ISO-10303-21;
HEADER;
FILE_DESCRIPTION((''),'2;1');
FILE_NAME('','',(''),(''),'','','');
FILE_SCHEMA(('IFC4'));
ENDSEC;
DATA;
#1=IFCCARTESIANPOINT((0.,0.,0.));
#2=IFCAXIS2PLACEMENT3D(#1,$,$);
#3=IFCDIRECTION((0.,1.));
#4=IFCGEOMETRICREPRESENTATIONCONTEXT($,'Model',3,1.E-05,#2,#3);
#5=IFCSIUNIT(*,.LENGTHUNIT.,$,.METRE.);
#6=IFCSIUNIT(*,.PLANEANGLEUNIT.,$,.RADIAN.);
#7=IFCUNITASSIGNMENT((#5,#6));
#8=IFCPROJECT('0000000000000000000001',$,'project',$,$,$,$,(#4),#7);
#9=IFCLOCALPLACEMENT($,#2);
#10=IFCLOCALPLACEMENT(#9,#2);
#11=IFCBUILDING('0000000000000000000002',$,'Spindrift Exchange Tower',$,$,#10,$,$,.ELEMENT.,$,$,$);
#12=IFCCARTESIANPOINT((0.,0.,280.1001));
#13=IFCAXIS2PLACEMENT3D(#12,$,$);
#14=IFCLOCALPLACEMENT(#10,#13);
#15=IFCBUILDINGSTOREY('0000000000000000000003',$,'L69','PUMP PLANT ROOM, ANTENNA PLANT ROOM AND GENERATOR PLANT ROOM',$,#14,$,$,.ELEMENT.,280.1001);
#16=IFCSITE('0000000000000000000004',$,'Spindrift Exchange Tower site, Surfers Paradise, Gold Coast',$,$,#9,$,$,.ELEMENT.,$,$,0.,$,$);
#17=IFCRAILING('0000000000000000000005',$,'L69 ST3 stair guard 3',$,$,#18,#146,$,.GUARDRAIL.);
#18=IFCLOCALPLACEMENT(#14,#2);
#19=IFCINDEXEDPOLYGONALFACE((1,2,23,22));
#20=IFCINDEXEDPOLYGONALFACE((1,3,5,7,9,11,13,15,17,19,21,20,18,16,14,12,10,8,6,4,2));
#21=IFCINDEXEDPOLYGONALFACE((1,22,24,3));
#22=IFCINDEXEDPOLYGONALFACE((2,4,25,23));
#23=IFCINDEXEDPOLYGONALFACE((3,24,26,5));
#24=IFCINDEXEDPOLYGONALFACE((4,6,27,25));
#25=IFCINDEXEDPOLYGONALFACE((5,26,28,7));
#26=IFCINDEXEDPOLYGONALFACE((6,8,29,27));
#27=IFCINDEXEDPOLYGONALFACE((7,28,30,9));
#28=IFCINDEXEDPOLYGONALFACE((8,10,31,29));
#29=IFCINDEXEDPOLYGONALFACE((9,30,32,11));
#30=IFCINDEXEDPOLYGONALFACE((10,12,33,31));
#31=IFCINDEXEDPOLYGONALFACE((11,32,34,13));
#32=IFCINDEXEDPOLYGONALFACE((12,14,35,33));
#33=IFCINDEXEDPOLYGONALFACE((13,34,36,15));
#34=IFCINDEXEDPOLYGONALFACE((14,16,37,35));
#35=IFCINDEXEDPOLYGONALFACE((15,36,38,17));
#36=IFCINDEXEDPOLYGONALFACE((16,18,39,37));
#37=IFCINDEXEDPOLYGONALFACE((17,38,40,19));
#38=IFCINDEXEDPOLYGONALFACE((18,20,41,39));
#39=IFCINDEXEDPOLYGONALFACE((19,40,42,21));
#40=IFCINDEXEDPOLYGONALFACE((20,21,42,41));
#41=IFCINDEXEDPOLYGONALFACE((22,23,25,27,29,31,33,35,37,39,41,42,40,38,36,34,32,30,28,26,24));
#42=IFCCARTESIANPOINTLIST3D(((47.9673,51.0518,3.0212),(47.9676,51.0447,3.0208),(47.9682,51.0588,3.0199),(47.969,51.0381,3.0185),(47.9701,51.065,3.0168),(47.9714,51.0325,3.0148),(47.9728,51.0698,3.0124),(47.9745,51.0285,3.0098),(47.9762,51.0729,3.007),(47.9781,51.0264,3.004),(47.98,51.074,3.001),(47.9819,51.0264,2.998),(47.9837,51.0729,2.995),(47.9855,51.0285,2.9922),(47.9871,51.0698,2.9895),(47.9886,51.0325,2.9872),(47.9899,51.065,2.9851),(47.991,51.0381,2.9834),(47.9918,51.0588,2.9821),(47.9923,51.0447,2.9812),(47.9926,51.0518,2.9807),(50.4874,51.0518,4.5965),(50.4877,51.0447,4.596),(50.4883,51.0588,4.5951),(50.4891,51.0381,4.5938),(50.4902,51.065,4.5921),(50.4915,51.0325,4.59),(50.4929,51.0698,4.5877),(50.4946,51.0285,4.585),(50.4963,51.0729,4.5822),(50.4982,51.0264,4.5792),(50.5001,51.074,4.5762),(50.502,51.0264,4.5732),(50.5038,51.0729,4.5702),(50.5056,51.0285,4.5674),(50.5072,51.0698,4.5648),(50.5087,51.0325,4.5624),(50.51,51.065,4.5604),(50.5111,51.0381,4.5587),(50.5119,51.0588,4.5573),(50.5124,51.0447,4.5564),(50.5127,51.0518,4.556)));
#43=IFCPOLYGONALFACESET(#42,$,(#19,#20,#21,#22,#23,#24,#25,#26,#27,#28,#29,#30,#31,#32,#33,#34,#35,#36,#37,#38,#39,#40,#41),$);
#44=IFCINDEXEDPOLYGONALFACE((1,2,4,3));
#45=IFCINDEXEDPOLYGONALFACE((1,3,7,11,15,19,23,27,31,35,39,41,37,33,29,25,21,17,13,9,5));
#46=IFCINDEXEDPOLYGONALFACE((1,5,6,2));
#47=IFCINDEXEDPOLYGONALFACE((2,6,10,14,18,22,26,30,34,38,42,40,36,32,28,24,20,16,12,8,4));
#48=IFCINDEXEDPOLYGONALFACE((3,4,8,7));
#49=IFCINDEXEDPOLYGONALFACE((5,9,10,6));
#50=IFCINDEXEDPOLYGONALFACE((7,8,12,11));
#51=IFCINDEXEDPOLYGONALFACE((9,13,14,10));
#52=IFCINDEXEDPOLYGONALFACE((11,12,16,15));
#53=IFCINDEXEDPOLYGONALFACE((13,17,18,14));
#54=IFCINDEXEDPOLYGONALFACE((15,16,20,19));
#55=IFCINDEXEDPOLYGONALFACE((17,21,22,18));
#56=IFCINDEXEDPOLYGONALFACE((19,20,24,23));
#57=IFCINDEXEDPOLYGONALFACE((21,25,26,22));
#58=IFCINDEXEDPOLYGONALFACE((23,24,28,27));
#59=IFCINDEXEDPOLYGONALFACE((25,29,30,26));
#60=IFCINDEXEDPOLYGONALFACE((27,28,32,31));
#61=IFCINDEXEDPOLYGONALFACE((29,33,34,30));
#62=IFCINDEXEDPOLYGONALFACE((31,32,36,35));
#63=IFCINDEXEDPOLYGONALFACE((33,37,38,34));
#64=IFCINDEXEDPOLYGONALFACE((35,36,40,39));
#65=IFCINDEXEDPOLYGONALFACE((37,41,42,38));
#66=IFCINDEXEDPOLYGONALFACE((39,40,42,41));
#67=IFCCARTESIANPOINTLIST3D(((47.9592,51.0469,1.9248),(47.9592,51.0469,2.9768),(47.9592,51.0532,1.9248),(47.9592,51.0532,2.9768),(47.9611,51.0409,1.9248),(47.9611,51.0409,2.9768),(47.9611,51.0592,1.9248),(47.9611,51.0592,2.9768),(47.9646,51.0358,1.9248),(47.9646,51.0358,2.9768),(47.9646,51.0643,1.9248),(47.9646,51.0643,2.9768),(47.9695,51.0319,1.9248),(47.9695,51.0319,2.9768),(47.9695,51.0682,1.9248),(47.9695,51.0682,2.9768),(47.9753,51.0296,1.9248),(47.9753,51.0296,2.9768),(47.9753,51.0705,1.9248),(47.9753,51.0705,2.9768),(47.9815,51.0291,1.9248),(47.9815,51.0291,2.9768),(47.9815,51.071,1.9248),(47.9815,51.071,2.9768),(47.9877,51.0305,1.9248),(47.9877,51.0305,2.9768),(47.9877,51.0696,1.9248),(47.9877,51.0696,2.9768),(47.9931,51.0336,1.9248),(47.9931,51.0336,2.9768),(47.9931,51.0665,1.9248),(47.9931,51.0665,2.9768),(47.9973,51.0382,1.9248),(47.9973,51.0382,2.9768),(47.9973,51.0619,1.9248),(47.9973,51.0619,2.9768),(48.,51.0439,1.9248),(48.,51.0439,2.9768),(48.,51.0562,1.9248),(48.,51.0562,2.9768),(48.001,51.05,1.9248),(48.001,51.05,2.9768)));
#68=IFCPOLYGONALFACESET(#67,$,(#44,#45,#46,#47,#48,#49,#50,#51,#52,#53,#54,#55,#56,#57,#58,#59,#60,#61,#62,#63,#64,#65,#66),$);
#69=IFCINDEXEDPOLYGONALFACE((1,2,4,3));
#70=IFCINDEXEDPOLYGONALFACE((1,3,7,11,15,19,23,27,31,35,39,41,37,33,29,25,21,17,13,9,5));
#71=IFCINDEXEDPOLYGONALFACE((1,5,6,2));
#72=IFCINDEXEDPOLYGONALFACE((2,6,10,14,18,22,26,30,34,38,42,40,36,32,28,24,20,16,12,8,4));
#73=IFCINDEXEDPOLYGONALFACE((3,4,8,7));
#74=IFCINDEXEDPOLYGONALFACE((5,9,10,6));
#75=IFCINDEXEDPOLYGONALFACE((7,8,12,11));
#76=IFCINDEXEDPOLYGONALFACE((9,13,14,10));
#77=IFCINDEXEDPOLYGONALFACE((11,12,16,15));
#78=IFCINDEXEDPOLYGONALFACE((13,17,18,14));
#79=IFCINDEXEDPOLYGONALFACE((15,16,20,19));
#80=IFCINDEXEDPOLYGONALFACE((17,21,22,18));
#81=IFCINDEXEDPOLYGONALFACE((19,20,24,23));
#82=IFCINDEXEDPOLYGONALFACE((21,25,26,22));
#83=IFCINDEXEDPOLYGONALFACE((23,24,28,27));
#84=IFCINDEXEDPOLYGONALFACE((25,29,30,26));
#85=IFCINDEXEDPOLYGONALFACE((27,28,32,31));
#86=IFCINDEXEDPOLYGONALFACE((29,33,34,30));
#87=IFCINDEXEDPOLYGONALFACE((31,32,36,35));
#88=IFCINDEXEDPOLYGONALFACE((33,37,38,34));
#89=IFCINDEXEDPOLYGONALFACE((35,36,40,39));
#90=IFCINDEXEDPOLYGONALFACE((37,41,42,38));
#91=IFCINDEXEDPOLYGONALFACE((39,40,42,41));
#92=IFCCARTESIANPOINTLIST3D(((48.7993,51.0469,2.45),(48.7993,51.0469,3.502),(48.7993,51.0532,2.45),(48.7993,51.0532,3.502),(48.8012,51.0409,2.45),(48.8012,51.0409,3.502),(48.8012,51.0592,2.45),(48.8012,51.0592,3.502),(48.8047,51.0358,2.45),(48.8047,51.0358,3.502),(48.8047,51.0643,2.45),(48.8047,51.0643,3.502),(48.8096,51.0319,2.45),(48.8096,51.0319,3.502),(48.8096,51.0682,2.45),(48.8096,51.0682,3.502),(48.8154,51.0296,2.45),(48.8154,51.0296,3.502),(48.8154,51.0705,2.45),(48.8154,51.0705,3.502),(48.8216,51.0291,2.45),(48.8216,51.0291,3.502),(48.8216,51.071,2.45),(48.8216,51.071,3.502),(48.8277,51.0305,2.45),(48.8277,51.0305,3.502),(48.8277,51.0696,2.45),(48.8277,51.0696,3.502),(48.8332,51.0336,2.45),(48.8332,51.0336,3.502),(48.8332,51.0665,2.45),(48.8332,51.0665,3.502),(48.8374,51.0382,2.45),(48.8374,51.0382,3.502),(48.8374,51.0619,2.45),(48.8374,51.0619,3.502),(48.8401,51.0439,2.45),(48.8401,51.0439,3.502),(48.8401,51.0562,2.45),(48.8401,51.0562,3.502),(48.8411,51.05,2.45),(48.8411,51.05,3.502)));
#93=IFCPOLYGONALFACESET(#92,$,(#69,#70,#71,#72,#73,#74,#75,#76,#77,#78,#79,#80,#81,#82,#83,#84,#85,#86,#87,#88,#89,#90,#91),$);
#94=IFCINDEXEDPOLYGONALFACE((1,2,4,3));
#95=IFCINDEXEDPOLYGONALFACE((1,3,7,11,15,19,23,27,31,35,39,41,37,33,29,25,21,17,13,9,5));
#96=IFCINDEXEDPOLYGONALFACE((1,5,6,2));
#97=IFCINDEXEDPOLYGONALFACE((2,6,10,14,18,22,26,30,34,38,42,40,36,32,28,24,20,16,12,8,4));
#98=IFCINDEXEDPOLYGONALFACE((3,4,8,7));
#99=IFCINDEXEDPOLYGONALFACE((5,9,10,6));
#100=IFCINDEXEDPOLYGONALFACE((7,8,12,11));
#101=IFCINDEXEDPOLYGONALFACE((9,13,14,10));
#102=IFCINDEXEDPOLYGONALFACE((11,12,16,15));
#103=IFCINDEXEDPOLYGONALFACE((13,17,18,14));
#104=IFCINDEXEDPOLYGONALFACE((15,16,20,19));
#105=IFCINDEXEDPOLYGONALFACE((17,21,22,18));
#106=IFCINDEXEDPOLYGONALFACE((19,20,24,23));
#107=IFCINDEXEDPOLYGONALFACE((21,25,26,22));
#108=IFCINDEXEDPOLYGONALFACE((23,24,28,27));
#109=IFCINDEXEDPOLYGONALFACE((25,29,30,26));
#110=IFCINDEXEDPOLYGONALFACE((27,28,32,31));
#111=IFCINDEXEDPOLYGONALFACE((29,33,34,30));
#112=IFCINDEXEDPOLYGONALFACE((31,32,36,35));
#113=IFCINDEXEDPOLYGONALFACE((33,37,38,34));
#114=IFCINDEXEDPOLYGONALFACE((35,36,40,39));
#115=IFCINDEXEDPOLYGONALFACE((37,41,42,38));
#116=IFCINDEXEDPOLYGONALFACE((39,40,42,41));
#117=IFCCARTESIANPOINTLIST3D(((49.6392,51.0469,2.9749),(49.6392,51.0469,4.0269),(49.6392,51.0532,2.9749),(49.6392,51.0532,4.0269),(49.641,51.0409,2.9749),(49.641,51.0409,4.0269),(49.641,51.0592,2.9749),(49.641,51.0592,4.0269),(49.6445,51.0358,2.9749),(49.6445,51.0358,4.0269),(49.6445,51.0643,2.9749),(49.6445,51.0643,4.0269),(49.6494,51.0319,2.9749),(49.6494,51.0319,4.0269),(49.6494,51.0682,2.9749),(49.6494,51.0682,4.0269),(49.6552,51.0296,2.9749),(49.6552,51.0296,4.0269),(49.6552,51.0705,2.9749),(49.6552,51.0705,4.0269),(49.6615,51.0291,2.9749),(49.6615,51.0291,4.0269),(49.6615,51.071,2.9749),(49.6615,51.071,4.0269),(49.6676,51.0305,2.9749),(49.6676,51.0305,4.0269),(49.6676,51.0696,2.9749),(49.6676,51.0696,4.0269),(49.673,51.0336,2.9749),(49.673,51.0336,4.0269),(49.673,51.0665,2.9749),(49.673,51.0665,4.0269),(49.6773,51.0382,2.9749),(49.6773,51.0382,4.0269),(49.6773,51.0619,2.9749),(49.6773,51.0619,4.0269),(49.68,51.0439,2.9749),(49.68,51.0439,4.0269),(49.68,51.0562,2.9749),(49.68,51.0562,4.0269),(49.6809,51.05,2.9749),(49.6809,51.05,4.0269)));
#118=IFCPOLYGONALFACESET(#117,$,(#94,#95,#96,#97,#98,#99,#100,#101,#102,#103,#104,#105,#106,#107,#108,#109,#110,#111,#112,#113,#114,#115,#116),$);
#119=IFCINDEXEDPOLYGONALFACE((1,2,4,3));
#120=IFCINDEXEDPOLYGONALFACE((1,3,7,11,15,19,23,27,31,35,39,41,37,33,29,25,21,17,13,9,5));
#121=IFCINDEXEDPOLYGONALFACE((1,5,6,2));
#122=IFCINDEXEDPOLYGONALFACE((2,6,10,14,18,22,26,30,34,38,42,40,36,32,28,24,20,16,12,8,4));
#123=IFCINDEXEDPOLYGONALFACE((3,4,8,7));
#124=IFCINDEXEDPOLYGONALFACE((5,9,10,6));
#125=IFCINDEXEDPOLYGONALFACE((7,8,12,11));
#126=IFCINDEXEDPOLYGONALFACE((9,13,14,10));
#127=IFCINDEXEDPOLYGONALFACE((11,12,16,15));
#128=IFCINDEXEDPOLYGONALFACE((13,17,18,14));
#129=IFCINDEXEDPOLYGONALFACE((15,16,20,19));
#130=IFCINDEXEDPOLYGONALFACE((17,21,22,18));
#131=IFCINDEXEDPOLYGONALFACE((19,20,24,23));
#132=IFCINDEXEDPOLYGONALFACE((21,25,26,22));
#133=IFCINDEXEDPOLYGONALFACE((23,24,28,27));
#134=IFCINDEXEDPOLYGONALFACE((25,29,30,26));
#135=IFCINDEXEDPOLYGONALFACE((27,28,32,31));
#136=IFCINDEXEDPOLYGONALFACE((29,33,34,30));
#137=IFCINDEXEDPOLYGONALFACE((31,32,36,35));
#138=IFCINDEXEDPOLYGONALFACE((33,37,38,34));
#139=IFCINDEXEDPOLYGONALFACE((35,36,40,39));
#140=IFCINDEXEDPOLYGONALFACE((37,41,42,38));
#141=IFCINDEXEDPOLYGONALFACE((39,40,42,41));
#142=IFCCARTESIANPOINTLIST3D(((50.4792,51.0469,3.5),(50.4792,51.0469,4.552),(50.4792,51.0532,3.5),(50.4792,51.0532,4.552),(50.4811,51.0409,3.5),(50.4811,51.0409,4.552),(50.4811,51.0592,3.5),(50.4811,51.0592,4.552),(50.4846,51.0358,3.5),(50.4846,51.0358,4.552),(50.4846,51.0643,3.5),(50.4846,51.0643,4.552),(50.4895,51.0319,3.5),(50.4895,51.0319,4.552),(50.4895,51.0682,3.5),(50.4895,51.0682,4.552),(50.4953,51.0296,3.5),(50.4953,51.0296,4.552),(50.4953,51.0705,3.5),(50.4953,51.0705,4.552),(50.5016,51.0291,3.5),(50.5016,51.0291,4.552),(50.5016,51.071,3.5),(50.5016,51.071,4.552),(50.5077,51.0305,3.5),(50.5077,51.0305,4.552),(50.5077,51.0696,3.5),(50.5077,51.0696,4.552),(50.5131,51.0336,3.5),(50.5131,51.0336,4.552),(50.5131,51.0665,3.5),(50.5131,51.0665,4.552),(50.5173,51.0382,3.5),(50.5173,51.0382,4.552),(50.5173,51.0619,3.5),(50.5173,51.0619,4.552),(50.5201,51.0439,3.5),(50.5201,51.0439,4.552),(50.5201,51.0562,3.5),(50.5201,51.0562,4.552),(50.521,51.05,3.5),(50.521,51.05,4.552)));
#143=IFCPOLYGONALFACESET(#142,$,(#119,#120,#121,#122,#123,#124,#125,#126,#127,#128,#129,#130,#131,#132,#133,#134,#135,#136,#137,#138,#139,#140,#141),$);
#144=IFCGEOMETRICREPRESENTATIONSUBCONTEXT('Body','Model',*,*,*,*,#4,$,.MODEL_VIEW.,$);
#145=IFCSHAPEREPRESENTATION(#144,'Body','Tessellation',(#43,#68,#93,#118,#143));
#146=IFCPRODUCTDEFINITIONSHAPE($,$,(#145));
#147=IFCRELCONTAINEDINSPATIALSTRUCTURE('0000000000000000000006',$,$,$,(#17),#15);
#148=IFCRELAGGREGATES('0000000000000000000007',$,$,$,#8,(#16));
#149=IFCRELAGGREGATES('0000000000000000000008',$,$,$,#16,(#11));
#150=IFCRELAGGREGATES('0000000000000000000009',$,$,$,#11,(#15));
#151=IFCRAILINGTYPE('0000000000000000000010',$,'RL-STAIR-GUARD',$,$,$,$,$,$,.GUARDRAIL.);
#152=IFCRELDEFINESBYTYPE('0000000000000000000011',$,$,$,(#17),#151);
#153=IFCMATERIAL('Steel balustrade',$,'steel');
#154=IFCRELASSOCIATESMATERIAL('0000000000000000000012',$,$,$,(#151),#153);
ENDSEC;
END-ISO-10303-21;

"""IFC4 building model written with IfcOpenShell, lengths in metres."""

from ifc_helpers import new_model, si_unit, direction, frame, origin, origin_2d, place, context, subcontext, project, spatial, circle, extrude, material, type_object, element, save


model = new_model("IFC4")

# Units and contexts
model_context = context("Model", 3, precision=1e-05, world=origin(), true_north=direction((0.0, 1.0)))
body_context = subcontext(model_context, "Body", "Model", "MODEL_VIEW")
ifc_project = project(units=[si_unit("LENGTHUNIT", "METRE"), si_unit("PLANEANGLEUNIT", "RADIAN")], contexts=[model_context])

# Site, building, storey
site_placement = place(None, origin())
site = spatial("IfcSite", under=ifc_project, at=site_placement, Name="Spindrift Exchange Tower site, Surfers Paradise, Gold Coast", CompositionType="ELEMENT", RefElevation=0.0)
building_placement = place(site_placement, origin())
building = spatial("IfcBuilding", under=site, at=building_placement, Name="Spindrift Exchange Tower", CompositionType="ELEMENT")
storey_placement = place(building_placement, frame((0.0, 0.0, 280.1001)))
storey = spatial("IfcBuildingStorey", under=building, at=storey_placement, Name="L69", Description="PUMP PLANT ROOM, ANTENNA PLANT ROOM AND GENERATOR PLANT ROOM", CompositionType="ELEMENT", Elevation=280.1001)

# Railing
ifc_material_1 = material(Name="Steel balustrade", Category="steel")
railing_type_1 = type_object("IfcRailingType", Name="RL-STAIR-GUARD", PredefinedType="GUARDRAIL", material=ifc_material_1)
railing_1_placement = place(storey_placement, frame((47.98, 51.05, 1.9248)))
element("IfcRailing", 1, at=railing_1_placement, inside=storey, type_object=railing_type_1, Name="L69 ST3 stair guard 3", PredefinedType="GUARDRAIL", context=body_context, shape_type="SweptSolid", body=[
    extrude(circle(Radius=0.0239, at=origin_2d()), frame((0.0, 0.0, 1.0762), z_axis=(0.847971, 0.0, 0.530043), x_axis=(0.0, 1.0, 0.0)), (0.0, 0.0, 1.0), 2.9719),
    extrude(circle(Radius=0.021, at=origin_2d()), origin(), (0.0, 0.0, 1.0), 1.052),
    extrude(circle(Radius=0.021, at=origin_2d()), frame((0.8401, 0.0, 0.5251)), (0.0, 0.0, 1.0), 1.052),
    extrude(circle(Radius=0.021, at=origin_2d()), frame((1.6799, 0.0, 1.05)), (0.0, 0.0, 1.0), 1.052),
    extrude(circle(Radius=0.021, at=origin_2d()), frame((2.52, 0.0, 1.5752)), (0.0, 0.0, 1.0), 1.052),
])

save(model, "model.ifc")
